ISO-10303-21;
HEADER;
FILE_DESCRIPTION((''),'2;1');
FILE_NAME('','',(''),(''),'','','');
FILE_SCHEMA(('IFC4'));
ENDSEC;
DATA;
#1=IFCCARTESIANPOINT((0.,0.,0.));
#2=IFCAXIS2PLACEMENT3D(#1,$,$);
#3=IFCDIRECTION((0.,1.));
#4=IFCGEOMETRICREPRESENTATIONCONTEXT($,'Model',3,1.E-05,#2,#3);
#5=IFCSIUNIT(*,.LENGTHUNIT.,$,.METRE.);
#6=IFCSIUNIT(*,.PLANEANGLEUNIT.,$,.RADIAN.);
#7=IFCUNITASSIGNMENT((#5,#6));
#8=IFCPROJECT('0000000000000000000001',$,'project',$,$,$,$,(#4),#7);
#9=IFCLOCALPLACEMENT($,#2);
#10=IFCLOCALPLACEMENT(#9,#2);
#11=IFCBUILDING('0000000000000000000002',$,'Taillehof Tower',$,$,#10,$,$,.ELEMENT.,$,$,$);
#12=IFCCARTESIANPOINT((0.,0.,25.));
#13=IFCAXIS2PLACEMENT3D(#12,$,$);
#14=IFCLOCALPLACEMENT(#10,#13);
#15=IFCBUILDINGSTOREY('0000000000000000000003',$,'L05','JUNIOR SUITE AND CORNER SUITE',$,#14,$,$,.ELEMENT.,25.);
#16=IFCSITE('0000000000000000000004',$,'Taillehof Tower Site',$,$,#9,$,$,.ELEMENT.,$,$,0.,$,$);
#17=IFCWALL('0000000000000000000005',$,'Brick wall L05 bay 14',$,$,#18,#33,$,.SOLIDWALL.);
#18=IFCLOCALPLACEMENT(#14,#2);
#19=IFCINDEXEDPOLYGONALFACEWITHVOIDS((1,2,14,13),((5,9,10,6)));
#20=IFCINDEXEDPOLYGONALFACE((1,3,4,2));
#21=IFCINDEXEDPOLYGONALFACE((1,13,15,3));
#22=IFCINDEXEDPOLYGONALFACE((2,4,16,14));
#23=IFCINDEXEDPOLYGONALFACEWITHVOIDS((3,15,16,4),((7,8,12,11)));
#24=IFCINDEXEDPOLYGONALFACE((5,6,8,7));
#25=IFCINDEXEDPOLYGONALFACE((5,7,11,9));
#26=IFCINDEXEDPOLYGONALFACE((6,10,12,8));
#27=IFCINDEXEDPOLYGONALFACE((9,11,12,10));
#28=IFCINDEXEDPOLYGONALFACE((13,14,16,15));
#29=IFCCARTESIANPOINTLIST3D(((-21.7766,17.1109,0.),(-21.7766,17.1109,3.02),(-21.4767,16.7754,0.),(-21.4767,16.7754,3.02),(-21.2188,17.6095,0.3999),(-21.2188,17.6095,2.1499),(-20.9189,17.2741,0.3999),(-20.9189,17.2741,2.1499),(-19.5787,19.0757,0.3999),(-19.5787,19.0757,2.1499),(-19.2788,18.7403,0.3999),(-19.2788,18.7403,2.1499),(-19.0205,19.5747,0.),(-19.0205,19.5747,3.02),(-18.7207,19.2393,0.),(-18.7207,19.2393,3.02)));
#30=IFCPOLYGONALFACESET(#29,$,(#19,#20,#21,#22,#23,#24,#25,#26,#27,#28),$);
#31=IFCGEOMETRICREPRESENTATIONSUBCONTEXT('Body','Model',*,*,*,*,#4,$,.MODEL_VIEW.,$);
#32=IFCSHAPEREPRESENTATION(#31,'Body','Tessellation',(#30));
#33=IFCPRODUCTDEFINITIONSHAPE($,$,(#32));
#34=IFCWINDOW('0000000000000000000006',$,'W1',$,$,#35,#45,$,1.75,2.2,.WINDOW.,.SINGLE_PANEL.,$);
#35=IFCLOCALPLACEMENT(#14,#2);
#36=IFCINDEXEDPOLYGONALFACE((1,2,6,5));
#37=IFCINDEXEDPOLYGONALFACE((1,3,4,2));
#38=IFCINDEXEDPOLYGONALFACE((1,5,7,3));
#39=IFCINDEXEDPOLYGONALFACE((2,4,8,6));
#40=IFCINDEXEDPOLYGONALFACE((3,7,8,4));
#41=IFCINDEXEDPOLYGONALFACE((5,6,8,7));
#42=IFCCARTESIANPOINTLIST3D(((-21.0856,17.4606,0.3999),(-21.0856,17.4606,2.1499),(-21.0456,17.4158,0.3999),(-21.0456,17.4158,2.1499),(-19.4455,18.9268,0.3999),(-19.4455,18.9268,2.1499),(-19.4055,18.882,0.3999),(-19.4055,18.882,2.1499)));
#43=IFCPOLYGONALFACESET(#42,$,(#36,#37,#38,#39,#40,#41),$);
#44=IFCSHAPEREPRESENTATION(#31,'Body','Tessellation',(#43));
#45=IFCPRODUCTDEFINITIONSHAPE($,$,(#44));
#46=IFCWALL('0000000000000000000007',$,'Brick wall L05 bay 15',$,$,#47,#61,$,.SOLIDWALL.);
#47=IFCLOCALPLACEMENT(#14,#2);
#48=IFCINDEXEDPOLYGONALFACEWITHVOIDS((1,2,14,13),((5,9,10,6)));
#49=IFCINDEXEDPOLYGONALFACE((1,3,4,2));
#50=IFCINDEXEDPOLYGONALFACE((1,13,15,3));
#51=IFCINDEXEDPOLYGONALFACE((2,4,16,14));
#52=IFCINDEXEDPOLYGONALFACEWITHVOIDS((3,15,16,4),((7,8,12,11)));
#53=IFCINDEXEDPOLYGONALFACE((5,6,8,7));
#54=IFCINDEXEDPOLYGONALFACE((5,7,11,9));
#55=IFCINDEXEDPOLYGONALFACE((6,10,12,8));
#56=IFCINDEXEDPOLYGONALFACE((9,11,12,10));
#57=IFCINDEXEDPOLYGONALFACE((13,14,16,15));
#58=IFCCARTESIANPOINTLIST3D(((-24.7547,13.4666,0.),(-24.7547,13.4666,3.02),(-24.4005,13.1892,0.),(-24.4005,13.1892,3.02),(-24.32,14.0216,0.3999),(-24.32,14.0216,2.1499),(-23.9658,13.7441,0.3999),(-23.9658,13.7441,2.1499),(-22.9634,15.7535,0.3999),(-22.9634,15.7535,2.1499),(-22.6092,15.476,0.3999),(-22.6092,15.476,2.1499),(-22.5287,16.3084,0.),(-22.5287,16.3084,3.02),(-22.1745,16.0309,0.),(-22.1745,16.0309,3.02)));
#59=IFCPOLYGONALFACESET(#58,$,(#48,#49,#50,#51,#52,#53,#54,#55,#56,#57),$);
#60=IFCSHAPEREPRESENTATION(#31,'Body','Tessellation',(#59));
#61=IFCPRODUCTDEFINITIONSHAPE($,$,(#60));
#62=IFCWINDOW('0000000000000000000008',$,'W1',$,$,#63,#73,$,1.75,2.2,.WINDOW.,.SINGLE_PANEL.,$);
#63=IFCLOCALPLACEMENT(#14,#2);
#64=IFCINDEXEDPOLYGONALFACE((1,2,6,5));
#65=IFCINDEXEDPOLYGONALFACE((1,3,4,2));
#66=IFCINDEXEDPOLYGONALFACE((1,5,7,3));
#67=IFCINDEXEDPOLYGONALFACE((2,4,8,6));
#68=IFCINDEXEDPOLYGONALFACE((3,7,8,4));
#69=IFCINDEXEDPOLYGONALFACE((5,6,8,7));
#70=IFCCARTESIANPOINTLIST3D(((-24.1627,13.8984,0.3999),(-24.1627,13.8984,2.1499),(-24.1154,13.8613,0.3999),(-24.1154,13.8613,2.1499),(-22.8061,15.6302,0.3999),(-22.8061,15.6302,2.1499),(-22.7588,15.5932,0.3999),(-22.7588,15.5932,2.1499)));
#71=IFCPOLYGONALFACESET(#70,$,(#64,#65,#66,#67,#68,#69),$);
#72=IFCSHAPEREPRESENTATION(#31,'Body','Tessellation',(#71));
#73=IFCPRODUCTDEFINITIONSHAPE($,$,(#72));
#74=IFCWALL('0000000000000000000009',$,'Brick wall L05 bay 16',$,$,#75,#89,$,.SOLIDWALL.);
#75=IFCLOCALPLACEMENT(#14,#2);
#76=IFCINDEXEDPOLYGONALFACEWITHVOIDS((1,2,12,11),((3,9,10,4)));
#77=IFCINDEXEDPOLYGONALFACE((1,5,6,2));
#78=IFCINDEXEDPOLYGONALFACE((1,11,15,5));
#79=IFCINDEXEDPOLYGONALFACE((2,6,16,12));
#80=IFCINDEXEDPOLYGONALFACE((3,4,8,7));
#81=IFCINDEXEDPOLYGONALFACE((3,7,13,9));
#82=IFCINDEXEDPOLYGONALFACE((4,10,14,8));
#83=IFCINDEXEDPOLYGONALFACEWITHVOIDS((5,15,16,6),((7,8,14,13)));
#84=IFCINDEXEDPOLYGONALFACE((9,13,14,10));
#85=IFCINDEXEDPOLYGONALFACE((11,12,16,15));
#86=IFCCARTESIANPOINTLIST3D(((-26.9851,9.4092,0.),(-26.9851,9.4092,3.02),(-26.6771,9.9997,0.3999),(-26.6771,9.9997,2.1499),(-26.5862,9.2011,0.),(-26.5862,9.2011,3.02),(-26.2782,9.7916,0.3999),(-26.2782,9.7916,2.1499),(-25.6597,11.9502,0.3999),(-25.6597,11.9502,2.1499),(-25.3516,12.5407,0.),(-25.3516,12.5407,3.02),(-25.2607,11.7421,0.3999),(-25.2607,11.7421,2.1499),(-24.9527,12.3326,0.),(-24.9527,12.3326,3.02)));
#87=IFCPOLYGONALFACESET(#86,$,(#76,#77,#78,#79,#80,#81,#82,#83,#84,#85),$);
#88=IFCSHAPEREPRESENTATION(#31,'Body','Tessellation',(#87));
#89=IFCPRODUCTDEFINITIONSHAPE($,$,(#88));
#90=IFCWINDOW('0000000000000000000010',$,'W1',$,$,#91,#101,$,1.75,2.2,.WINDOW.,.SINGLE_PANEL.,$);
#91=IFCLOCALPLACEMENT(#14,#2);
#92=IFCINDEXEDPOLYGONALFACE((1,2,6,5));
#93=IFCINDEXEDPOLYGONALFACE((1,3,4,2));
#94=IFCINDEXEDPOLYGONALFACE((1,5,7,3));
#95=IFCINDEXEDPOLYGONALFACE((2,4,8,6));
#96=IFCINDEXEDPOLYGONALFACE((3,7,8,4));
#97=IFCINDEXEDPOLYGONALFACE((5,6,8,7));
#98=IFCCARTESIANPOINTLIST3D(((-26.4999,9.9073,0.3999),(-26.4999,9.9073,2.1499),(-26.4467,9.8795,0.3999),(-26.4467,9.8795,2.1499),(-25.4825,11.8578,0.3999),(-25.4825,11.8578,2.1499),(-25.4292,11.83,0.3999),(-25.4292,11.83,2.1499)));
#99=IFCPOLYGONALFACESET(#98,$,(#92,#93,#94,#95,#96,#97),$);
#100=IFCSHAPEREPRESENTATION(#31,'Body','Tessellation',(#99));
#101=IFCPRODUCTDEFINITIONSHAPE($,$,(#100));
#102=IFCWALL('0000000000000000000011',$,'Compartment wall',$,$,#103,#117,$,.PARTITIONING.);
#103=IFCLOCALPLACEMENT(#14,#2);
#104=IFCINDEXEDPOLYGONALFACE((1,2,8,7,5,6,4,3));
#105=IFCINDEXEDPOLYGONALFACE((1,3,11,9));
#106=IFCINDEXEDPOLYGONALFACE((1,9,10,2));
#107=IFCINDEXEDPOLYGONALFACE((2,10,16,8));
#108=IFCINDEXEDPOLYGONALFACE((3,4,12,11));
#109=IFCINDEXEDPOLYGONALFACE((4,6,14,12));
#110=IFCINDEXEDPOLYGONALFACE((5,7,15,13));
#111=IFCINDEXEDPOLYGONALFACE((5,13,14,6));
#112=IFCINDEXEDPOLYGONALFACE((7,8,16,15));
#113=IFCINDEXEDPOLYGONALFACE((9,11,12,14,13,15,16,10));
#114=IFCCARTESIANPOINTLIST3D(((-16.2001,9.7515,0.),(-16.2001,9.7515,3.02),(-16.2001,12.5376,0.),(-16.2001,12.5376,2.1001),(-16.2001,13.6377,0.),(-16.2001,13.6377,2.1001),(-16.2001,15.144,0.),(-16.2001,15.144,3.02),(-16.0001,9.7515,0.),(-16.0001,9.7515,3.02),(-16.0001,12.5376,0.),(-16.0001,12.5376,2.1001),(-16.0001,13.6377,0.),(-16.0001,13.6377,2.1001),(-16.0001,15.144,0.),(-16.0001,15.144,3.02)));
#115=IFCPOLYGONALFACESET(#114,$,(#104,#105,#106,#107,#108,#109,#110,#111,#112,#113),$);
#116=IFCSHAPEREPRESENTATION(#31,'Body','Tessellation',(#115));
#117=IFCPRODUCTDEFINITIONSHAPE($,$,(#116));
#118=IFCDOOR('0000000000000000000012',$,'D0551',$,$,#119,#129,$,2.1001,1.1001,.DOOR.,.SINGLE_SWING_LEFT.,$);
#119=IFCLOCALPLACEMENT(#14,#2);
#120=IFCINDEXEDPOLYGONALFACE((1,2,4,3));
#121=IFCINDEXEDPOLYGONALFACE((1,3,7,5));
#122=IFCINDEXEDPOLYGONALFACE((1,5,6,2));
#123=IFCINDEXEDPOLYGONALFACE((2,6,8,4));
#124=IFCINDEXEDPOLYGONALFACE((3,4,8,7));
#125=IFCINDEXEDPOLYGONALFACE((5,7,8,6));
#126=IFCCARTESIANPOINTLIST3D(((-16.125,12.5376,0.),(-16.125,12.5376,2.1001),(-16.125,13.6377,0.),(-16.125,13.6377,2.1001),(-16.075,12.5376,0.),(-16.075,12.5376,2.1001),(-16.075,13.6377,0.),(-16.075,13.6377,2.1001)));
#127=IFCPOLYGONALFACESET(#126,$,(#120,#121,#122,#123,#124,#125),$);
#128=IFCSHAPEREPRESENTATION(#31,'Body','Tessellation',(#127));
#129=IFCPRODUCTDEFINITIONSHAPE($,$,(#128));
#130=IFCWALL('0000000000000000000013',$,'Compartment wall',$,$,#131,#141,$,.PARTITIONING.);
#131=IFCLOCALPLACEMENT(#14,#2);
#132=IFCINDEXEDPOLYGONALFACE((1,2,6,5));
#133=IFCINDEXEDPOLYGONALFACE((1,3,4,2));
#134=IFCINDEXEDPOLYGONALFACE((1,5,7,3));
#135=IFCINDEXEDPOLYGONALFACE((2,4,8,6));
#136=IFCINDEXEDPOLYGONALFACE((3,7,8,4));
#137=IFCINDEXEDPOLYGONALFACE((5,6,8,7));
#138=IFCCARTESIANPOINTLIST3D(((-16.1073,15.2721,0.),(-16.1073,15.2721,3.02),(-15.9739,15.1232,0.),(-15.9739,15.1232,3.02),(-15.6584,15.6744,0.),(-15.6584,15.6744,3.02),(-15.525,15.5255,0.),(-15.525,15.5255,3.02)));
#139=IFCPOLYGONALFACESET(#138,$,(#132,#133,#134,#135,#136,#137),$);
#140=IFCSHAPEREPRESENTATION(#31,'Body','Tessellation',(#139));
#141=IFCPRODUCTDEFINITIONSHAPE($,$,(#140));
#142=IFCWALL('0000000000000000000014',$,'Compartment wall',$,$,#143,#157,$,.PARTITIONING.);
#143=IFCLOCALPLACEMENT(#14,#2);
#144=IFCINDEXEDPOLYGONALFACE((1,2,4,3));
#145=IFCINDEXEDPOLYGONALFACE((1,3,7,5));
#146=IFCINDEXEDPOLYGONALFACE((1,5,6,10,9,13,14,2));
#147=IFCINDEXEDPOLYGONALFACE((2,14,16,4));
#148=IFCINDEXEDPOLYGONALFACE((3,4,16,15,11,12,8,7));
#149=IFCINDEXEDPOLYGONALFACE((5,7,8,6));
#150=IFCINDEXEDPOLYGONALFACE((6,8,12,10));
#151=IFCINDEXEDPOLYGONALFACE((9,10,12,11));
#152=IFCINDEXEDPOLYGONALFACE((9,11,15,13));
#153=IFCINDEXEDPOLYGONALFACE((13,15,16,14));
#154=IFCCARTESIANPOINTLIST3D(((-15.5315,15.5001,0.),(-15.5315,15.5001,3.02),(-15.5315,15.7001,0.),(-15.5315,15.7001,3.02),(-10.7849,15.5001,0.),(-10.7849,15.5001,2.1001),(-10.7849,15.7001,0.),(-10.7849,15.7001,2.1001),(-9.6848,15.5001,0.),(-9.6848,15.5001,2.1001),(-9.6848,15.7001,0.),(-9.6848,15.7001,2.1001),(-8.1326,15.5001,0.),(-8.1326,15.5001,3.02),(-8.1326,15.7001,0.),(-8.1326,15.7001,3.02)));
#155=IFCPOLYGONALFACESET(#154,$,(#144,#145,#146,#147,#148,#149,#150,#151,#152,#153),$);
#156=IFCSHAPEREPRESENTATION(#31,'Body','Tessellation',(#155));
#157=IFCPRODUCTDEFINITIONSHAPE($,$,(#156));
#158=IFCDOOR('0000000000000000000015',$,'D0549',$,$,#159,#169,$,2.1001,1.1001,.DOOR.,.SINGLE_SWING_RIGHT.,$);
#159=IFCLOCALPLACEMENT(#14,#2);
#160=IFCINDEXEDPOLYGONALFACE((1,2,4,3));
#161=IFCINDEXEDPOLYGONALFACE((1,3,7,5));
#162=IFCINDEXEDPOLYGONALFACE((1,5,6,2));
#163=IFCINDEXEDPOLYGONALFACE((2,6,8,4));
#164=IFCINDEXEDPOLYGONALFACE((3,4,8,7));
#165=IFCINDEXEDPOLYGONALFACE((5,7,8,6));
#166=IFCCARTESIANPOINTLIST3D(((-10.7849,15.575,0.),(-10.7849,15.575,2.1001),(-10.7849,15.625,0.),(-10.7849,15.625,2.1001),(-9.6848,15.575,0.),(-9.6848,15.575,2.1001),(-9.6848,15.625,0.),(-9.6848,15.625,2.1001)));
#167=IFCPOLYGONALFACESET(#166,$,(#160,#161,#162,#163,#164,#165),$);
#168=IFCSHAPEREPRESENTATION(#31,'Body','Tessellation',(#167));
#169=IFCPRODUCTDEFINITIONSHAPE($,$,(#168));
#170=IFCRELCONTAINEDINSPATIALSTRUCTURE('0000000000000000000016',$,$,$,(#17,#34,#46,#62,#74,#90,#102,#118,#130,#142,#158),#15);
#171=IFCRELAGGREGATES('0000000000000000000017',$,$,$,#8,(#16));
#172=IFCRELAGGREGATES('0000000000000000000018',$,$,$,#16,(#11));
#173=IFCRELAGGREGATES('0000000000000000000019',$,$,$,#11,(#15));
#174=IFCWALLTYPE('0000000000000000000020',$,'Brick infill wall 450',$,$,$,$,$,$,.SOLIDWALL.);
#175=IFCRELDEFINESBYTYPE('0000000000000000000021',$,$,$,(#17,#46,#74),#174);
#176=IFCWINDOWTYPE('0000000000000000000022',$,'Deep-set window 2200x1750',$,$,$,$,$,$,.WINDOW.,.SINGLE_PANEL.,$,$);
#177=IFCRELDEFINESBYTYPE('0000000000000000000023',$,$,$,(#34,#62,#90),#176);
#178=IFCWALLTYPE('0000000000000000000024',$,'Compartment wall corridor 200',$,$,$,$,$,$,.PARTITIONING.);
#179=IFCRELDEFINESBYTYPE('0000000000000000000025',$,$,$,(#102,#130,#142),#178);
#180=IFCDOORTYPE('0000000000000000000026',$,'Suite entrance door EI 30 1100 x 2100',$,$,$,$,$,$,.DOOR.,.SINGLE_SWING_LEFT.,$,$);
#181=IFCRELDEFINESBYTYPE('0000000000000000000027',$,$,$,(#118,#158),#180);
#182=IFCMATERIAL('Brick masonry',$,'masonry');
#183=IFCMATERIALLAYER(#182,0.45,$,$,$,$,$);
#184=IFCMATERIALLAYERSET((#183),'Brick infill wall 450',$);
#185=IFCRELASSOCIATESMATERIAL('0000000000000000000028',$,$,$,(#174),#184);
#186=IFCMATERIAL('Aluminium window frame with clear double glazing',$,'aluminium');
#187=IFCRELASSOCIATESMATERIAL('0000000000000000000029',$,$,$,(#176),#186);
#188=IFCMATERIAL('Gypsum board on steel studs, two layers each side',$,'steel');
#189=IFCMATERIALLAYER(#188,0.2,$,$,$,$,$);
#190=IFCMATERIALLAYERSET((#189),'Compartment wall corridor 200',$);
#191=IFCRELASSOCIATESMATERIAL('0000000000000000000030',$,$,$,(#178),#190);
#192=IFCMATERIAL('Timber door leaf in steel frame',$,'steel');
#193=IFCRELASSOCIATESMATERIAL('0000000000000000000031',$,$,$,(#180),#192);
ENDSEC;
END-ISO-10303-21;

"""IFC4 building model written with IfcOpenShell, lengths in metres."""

from ifc_helpers import new_model, si_unit, direction, frame, frame_2d, origin, place, context, subcontext, project, spatial, rectangle, extrude, material, layer, layer_set, type_object, element, fill, save


model = new_model("IFC4")

# Units and contexts
model_context = context("Model", 3, precision=1e-05, world=origin(), true_north=direction((0.0, 1.0)))
body_context = subcontext(model_context, "Body", "Model", "MODEL_VIEW")
ifc_project = project(units=[si_unit("LENGTHUNIT", "METRE"), si_unit("PLANEANGLEUNIT", "RADIAN")], contexts=[model_context])

# Site, building, storey
site_placement = place(None, origin())
site = spatial("IfcSite", under=ifc_project, at=site_placement, Name="Taillehof Tower Site", CompositionType="ELEMENT", RefElevation=0.0)
building_placement = place(site_placement, origin())
building = spatial("IfcBuilding", under=site, at=building_placement, Name="Taillehof Tower", CompositionType="ELEMENT")
storey_placement = place(building_placement, frame((0.0, 0.0, 25.0)))
storey = spatial("IfcBuildingStorey", under=building, at=storey_placement, Name="L05", Description="JUNIOR SUITE AND CORNER SUITE", CompositionType="ELEMENT", Elevation=25.0)

# Walls, openings, windows
ifc_material_1 = material(Name="Brick masonry", Category="masonry")
ifc_layer_1 = layer(ifc_material_1, 0.45)
ifc_layer_set_1 = layer_set([ifc_layer_1], Name="Brick infill wall 450")
wall_type_1 = type_object("IfcWallType", Name="Brick infill wall 450", PredefinedType="SOLIDWALL", material=ifc_layer_set_1)
ifc_material_2 = material(Name="Aluminium window frame with clear double glazing", Category="aluminium")
window_type = type_object("IfcWindowType", Name="Deep-set window 2200x1750", PartitioningType="SINGLE_PANEL", PredefinedType="WINDOW", material=ifc_material_2)
wall_1_placement = place(storey_placement, frame((-18.8706, 19.407, 0.0), z_axis=(0.0, 0.0, 1.0), x_axis=(-0.745526, -0.666476, 0.0)))
wall_1 = element("IfcWall", 1, at=wall_1_placement, inside=storey, type_object=wall_type_1, Name="Brick wall L05 bay 14", PredefinedType="SOLIDWALL", context=body_context, shape_type="SweptSolid", body=[
    extrude(rectangle(XDim=3.6968, YDim=0.45, at=frame_2d((1.8484, 0.0))), origin(), (0.0, 0.0, 1.0), 3.02),
])
opening_1_placement = place(wall_1_placement, frame((0.7485, 0.0, 0.3999)))
opening_1 = element("IfcOpeningElement", 2, at=opening_1_placement, cuts=wall_1, PredefinedType="OPENING", context=body_context, shape_type="SweptSolid", body=[
    extrude(rectangle(XDim=2.2, YDim=1.75, at=frame_2d((1.1001, 0.875))), frame((0.0, 0.2349, 0.0), z_axis=(0.0, -1.0, 0.0), x_axis=(1.0, 0.0, 0.0)), (0.0, 0.0, 1.0), 0.47),
])
window_1_placement = place(opening_1_placement, origin())
window_1 = element("IfcWindow", 3, at=window_1_placement, inside=storey, type_object=window_type, Name="W1", OverallHeight=1.75, OverallWidth=2.2, PartitioningType="SINGLE_PANEL", PredefinedType="WINDOW", context=body_context, shape_type="SweptSolid", body=[
    extrude(rectangle(XDim=2.2, YDim=1.75, at=frame_2d((1.1001, 0.875))), frame((0.0, 0.0349, 0.0), z_axis=(0.0, -1.0, 0.0), x_axis=(1.0, 0.0, 0.0)), (0.0, 0.0, 1.0), 0.0601),
])
fill(opening_1, window_1)
wall_2_placement = place(storey_placement, frame((-22.3516, 16.1697, 0.0), z_axis=(0.0, 0.0, 1.0), x_axis=(-0.616662, -0.787228, 0.0)))
wall_2 = element("IfcWall", 4, at=wall_2_placement, inside=storey, type_object=wall_type_1, Name="Brick wall L05 bay 15", PredefinedType="SOLIDWALL", context=body_context, shape_type="SweptSolid", body=[
    extrude(rectangle(XDim=3.6099, YDim=0.45, at=frame_2d((1.8049, 0.0))), origin(), (0.0, 0.0, 1.0), 3.02),
])
opening_2_placement = place(wall_2_placement, frame((0.7048, 0.0, 0.3999)))
opening_2 = element("IfcOpeningElement", 5, at=opening_2_placement, cuts=wall_2, PredefinedType="OPENING", context=body_context, shape_type="SweptSolid", body=[
    extrude(rectangle(XDim=2.2, YDim=1.75, at=frame_2d((1.1001, 0.875))), frame((0.0, 0.2349, 0.0), z_axis=(0.0, -1.0, 0.0), x_axis=(1.0, 0.0, 0.0)), (0.0, 0.0, 1.0), 0.47),
])
window_2_placement = place(opening_2_placement, origin())
window_2 = element("IfcWindow", 6, at=window_2_placement, inside=storey, type_object=window_type, Name="W1", OverallHeight=1.75, OverallWidth=2.2, PartitioningType="SINGLE_PANEL", PredefinedType="WINDOW", context=body_context, shape_type="SweptSolid", body=[
    extrude(rectangle(XDim=2.2, YDim=1.75, at=frame_2d((1.1001, 0.875))), frame((0.0, 0.0349, 0.0), z_axis=(0.0, -1.0, 0.0), x_axis=(1.0, 0.0, 0.0)), (0.0, 0.0, 1.0), 0.0601),
])
fill(opening_2, window_2)
wall_3_placement = place(storey_placement, frame((-25.1521, 12.4368, 0.0), z_axis=(0.0, 0.0, 1.0), x_axis=(-0.462493, -0.886623, 0.0)))
wall_3 = element("IfcWall", 7, at=wall_3_placement, inside=storey, type_object=wall_type_1, Name="Brick wall L05 bay 16", PredefinedType="SOLIDWALL", context=body_context, shape_type="SweptSolid", body=[
    extrude(rectangle(XDim=3.532, YDim=0.45, at=frame_2d((1.7661, 0.0))), origin(), (0.0, 0.0, 1.0), 3.02),
])
opening_3_placement = place(wall_3_placement, frame((0.666, 0.0, 0.3999)))
opening_3 = element("IfcOpeningElement", 8, at=opening_3_placement, cuts=wall_3, PredefinedType="OPENING", context=body_context, shape_type="SweptSolid", body=[
    extrude(rectangle(XDim=2.2, YDim=1.75, at=frame_2d((1.1001, 0.875))), frame((0.0, 0.2349, 0.0), z_axis=(0.0, -1.0, 0.0), x_axis=(1.0, 0.0, 0.0)), (0.0, 0.0, 1.0), 0.47),
])
window_3_placement = place(opening_3_placement, origin())
window_3 = element("IfcWindow", 9, at=window_3_placement, inside=storey, type_object=window_type, Name="W1", OverallHeight=1.75, OverallWidth=2.2, PartitioningType="SINGLE_PANEL", PredefinedType="WINDOW", context=body_context, shape_type="SweptSolid", body=[
    extrude(rectangle(XDim=2.2, YDim=1.75, at=frame_2d((1.1001, 0.875))), frame((0.0, 0.0349, 0.0), z_axis=(0.0, -1.0, 0.0), x_axis=(1.0, 0.0, 0.0)), (0.0, 0.0, 1.0), 0.0601),
])
fill(opening_3, window_3)

# Wall, opening, door
ifc_material_3 = material(Name="Gypsum board on steel studs, two layers each side", Category="steel")
ifc_layer_2 = layer(ifc_material_3, 0.2)
ifc_layer_set_2 = layer_set([ifc_layer_2], Name="Compartment wall corridor 200")
wall_type_2 = type_object("IfcWallType", Name="Compartment wall corridor 200", PredefinedType="PARTITIONING", material=ifc_layer_set_2)
wall_4_placement = place(storey_placement, frame((-16.1001, 9.7515, 0.0), z_axis=(0.0, 0.0, 1.0), x_axis=(0.0, 1.0, 0.0)))
wall_4 = element("IfcWall", 10, at=wall_4_placement, inside=storey, type_object=wall_type_2, Name="Compartment wall", PredefinedType="PARTITIONING", context=body_context, shape_type="SweptSolid", body=[
    extrude(rectangle(XDim=5.3926, YDim=0.2, at=frame_2d((2.6963, 0.0))), origin(), (0.0, 0.0, 1.0), 3.02),
])
opening_4_placement = place(wall_4_placement, frame((2.7861, 0.0, 0.0)))
opening_4 = element("IfcOpeningElement", 11, at=opening_4_placement, cuts=wall_4, PredefinedType="OPENING", context=body_context, shape_type="SweptSolid", body=[
    extrude(rectangle(XDim=1.1001, YDim=2.1001, at=frame_2d((0.55, 1.05))), frame((0.0, 0.1099, 0.0), z_axis=(0.0, -1.0, 0.0), x_axis=(1.0, 0.0, 0.0)), (0.0, 0.0, 1.0), 0.22),
])
ifc_material_4 = material(Name="Timber door leaf in steel frame", Category="steel")
door_type_1 = type_object("IfcDoorType", Name="Suite entrance door EI 30 1100 x 2100", OperationType="SINGLE_SWING_LEFT", PredefinedType="DOOR", material=ifc_material_4)
door_1_placement = place(opening_4_placement, origin())
door_1 = element("IfcDoor", 12, at=door_1_placement, inside=storey, type_object=door_type_1, Name="D0551", OperationType="SINGLE_SWING_LEFT", OverallHeight=2.1001, OverallWidth=1.1001, PredefinedType="DOOR", context=body_context, shape_type="SweptSolid", body=[
    extrude(rectangle(XDim=1.1001, YDim=2.1001, at=frame_2d((0.55, 1.05))), frame((0.0, 0.0249, 0.0), z_axis=(0.0, -1.0, 0.0), x_axis=(1.0, 0.0, 0.0)), (0.0, 0.0, 1.0), 0.05),
])
fill(opening_4, door_1)

# Wall
wall_5_placement = place(storey_placement, frame((-16.0405, 15.1978, 0.0), z_axis=(0.0, 0.0, 1.0), x_axis=(0.744722, 0.667375, 0.0)))
element("IfcWall", 13, at=wall_5_placement, inside=storey, type_object=wall_type_2, Name="Compartment wall", PredefinedType="PARTITIONING", context=body_context, shape_type="SweptSolid", body=[
    extrude(rectangle(XDim=0.6028, YDim=0.2, at=frame_2d((0.3013, 0.0))), origin(), (0.0, 0.0, 1.0), 3.02),
])

# Wall, opening, door
wall_6_placement = place(storey_placement, frame((-15.5315, 15.6001, 0.0), z_axis=(0.0, 0.0, 1.0), x_axis=(1.0, 0.0, 0.0)))
wall_6 = element("IfcWall", 14, at=wall_6_placement, inside=storey, type_object=wall_type_2, Name="Compartment wall", PredefinedType="PARTITIONING", context=body_context, shape_type="SweptSolid", body=[
    extrude(rectangle(XDim=7.3989, YDim=0.2, at=frame_2d((3.6995, 0.0))), origin(), (0.0, 0.0, 1.0), 3.02),
])
opening_5_placement = place(wall_6_placement, frame((4.7466, 0.0, 0.0)))
opening_5 = element("IfcOpeningElement", 15, at=opening_5_placement, cuts=wall_6, PredefinedType="OPENING", context=body_context, shape_type="SweptSolid", body=[
    extrude(rectangle(XDim=1.1001, YDim=2.1001, at=frame_2d((0.55, 1.05))), frame((0.0, 0.1099, 0.0), z_axis=(0.0, -1.0, 0.0), x_axis=(1.0, 0.0, 0.0)), (0.0, 0.0, 1.0), 0.22),
])
door_2_placement = place(opening_5_placement, origin())
door_2 = element("IfcDoor", 16, at=door_2_placement, inside=storey, type_object=door_type_1, Name="D0549", OperationType="SINGLE_SWING_RIGHT", OverallHeight=2.1001, OverallWidth=1.1001, PredefinedType="DOOR", context=body_context, shape_type="SweptSolid", body=[
    extrude(rectangle(XDim=1.1001, YDim=2.1001, at=frame_2d((0.55, 1.05))), frame((0.0, 0.0249, 0.0), z_axis=(0.0, -1.0, 0.0), x_axis=(1.0, 0.0, 0.0)), (0.0, 0.0, 1.0), 0.05),
])
fill(opening_5, door_2)

save(model, "model.ifc")
